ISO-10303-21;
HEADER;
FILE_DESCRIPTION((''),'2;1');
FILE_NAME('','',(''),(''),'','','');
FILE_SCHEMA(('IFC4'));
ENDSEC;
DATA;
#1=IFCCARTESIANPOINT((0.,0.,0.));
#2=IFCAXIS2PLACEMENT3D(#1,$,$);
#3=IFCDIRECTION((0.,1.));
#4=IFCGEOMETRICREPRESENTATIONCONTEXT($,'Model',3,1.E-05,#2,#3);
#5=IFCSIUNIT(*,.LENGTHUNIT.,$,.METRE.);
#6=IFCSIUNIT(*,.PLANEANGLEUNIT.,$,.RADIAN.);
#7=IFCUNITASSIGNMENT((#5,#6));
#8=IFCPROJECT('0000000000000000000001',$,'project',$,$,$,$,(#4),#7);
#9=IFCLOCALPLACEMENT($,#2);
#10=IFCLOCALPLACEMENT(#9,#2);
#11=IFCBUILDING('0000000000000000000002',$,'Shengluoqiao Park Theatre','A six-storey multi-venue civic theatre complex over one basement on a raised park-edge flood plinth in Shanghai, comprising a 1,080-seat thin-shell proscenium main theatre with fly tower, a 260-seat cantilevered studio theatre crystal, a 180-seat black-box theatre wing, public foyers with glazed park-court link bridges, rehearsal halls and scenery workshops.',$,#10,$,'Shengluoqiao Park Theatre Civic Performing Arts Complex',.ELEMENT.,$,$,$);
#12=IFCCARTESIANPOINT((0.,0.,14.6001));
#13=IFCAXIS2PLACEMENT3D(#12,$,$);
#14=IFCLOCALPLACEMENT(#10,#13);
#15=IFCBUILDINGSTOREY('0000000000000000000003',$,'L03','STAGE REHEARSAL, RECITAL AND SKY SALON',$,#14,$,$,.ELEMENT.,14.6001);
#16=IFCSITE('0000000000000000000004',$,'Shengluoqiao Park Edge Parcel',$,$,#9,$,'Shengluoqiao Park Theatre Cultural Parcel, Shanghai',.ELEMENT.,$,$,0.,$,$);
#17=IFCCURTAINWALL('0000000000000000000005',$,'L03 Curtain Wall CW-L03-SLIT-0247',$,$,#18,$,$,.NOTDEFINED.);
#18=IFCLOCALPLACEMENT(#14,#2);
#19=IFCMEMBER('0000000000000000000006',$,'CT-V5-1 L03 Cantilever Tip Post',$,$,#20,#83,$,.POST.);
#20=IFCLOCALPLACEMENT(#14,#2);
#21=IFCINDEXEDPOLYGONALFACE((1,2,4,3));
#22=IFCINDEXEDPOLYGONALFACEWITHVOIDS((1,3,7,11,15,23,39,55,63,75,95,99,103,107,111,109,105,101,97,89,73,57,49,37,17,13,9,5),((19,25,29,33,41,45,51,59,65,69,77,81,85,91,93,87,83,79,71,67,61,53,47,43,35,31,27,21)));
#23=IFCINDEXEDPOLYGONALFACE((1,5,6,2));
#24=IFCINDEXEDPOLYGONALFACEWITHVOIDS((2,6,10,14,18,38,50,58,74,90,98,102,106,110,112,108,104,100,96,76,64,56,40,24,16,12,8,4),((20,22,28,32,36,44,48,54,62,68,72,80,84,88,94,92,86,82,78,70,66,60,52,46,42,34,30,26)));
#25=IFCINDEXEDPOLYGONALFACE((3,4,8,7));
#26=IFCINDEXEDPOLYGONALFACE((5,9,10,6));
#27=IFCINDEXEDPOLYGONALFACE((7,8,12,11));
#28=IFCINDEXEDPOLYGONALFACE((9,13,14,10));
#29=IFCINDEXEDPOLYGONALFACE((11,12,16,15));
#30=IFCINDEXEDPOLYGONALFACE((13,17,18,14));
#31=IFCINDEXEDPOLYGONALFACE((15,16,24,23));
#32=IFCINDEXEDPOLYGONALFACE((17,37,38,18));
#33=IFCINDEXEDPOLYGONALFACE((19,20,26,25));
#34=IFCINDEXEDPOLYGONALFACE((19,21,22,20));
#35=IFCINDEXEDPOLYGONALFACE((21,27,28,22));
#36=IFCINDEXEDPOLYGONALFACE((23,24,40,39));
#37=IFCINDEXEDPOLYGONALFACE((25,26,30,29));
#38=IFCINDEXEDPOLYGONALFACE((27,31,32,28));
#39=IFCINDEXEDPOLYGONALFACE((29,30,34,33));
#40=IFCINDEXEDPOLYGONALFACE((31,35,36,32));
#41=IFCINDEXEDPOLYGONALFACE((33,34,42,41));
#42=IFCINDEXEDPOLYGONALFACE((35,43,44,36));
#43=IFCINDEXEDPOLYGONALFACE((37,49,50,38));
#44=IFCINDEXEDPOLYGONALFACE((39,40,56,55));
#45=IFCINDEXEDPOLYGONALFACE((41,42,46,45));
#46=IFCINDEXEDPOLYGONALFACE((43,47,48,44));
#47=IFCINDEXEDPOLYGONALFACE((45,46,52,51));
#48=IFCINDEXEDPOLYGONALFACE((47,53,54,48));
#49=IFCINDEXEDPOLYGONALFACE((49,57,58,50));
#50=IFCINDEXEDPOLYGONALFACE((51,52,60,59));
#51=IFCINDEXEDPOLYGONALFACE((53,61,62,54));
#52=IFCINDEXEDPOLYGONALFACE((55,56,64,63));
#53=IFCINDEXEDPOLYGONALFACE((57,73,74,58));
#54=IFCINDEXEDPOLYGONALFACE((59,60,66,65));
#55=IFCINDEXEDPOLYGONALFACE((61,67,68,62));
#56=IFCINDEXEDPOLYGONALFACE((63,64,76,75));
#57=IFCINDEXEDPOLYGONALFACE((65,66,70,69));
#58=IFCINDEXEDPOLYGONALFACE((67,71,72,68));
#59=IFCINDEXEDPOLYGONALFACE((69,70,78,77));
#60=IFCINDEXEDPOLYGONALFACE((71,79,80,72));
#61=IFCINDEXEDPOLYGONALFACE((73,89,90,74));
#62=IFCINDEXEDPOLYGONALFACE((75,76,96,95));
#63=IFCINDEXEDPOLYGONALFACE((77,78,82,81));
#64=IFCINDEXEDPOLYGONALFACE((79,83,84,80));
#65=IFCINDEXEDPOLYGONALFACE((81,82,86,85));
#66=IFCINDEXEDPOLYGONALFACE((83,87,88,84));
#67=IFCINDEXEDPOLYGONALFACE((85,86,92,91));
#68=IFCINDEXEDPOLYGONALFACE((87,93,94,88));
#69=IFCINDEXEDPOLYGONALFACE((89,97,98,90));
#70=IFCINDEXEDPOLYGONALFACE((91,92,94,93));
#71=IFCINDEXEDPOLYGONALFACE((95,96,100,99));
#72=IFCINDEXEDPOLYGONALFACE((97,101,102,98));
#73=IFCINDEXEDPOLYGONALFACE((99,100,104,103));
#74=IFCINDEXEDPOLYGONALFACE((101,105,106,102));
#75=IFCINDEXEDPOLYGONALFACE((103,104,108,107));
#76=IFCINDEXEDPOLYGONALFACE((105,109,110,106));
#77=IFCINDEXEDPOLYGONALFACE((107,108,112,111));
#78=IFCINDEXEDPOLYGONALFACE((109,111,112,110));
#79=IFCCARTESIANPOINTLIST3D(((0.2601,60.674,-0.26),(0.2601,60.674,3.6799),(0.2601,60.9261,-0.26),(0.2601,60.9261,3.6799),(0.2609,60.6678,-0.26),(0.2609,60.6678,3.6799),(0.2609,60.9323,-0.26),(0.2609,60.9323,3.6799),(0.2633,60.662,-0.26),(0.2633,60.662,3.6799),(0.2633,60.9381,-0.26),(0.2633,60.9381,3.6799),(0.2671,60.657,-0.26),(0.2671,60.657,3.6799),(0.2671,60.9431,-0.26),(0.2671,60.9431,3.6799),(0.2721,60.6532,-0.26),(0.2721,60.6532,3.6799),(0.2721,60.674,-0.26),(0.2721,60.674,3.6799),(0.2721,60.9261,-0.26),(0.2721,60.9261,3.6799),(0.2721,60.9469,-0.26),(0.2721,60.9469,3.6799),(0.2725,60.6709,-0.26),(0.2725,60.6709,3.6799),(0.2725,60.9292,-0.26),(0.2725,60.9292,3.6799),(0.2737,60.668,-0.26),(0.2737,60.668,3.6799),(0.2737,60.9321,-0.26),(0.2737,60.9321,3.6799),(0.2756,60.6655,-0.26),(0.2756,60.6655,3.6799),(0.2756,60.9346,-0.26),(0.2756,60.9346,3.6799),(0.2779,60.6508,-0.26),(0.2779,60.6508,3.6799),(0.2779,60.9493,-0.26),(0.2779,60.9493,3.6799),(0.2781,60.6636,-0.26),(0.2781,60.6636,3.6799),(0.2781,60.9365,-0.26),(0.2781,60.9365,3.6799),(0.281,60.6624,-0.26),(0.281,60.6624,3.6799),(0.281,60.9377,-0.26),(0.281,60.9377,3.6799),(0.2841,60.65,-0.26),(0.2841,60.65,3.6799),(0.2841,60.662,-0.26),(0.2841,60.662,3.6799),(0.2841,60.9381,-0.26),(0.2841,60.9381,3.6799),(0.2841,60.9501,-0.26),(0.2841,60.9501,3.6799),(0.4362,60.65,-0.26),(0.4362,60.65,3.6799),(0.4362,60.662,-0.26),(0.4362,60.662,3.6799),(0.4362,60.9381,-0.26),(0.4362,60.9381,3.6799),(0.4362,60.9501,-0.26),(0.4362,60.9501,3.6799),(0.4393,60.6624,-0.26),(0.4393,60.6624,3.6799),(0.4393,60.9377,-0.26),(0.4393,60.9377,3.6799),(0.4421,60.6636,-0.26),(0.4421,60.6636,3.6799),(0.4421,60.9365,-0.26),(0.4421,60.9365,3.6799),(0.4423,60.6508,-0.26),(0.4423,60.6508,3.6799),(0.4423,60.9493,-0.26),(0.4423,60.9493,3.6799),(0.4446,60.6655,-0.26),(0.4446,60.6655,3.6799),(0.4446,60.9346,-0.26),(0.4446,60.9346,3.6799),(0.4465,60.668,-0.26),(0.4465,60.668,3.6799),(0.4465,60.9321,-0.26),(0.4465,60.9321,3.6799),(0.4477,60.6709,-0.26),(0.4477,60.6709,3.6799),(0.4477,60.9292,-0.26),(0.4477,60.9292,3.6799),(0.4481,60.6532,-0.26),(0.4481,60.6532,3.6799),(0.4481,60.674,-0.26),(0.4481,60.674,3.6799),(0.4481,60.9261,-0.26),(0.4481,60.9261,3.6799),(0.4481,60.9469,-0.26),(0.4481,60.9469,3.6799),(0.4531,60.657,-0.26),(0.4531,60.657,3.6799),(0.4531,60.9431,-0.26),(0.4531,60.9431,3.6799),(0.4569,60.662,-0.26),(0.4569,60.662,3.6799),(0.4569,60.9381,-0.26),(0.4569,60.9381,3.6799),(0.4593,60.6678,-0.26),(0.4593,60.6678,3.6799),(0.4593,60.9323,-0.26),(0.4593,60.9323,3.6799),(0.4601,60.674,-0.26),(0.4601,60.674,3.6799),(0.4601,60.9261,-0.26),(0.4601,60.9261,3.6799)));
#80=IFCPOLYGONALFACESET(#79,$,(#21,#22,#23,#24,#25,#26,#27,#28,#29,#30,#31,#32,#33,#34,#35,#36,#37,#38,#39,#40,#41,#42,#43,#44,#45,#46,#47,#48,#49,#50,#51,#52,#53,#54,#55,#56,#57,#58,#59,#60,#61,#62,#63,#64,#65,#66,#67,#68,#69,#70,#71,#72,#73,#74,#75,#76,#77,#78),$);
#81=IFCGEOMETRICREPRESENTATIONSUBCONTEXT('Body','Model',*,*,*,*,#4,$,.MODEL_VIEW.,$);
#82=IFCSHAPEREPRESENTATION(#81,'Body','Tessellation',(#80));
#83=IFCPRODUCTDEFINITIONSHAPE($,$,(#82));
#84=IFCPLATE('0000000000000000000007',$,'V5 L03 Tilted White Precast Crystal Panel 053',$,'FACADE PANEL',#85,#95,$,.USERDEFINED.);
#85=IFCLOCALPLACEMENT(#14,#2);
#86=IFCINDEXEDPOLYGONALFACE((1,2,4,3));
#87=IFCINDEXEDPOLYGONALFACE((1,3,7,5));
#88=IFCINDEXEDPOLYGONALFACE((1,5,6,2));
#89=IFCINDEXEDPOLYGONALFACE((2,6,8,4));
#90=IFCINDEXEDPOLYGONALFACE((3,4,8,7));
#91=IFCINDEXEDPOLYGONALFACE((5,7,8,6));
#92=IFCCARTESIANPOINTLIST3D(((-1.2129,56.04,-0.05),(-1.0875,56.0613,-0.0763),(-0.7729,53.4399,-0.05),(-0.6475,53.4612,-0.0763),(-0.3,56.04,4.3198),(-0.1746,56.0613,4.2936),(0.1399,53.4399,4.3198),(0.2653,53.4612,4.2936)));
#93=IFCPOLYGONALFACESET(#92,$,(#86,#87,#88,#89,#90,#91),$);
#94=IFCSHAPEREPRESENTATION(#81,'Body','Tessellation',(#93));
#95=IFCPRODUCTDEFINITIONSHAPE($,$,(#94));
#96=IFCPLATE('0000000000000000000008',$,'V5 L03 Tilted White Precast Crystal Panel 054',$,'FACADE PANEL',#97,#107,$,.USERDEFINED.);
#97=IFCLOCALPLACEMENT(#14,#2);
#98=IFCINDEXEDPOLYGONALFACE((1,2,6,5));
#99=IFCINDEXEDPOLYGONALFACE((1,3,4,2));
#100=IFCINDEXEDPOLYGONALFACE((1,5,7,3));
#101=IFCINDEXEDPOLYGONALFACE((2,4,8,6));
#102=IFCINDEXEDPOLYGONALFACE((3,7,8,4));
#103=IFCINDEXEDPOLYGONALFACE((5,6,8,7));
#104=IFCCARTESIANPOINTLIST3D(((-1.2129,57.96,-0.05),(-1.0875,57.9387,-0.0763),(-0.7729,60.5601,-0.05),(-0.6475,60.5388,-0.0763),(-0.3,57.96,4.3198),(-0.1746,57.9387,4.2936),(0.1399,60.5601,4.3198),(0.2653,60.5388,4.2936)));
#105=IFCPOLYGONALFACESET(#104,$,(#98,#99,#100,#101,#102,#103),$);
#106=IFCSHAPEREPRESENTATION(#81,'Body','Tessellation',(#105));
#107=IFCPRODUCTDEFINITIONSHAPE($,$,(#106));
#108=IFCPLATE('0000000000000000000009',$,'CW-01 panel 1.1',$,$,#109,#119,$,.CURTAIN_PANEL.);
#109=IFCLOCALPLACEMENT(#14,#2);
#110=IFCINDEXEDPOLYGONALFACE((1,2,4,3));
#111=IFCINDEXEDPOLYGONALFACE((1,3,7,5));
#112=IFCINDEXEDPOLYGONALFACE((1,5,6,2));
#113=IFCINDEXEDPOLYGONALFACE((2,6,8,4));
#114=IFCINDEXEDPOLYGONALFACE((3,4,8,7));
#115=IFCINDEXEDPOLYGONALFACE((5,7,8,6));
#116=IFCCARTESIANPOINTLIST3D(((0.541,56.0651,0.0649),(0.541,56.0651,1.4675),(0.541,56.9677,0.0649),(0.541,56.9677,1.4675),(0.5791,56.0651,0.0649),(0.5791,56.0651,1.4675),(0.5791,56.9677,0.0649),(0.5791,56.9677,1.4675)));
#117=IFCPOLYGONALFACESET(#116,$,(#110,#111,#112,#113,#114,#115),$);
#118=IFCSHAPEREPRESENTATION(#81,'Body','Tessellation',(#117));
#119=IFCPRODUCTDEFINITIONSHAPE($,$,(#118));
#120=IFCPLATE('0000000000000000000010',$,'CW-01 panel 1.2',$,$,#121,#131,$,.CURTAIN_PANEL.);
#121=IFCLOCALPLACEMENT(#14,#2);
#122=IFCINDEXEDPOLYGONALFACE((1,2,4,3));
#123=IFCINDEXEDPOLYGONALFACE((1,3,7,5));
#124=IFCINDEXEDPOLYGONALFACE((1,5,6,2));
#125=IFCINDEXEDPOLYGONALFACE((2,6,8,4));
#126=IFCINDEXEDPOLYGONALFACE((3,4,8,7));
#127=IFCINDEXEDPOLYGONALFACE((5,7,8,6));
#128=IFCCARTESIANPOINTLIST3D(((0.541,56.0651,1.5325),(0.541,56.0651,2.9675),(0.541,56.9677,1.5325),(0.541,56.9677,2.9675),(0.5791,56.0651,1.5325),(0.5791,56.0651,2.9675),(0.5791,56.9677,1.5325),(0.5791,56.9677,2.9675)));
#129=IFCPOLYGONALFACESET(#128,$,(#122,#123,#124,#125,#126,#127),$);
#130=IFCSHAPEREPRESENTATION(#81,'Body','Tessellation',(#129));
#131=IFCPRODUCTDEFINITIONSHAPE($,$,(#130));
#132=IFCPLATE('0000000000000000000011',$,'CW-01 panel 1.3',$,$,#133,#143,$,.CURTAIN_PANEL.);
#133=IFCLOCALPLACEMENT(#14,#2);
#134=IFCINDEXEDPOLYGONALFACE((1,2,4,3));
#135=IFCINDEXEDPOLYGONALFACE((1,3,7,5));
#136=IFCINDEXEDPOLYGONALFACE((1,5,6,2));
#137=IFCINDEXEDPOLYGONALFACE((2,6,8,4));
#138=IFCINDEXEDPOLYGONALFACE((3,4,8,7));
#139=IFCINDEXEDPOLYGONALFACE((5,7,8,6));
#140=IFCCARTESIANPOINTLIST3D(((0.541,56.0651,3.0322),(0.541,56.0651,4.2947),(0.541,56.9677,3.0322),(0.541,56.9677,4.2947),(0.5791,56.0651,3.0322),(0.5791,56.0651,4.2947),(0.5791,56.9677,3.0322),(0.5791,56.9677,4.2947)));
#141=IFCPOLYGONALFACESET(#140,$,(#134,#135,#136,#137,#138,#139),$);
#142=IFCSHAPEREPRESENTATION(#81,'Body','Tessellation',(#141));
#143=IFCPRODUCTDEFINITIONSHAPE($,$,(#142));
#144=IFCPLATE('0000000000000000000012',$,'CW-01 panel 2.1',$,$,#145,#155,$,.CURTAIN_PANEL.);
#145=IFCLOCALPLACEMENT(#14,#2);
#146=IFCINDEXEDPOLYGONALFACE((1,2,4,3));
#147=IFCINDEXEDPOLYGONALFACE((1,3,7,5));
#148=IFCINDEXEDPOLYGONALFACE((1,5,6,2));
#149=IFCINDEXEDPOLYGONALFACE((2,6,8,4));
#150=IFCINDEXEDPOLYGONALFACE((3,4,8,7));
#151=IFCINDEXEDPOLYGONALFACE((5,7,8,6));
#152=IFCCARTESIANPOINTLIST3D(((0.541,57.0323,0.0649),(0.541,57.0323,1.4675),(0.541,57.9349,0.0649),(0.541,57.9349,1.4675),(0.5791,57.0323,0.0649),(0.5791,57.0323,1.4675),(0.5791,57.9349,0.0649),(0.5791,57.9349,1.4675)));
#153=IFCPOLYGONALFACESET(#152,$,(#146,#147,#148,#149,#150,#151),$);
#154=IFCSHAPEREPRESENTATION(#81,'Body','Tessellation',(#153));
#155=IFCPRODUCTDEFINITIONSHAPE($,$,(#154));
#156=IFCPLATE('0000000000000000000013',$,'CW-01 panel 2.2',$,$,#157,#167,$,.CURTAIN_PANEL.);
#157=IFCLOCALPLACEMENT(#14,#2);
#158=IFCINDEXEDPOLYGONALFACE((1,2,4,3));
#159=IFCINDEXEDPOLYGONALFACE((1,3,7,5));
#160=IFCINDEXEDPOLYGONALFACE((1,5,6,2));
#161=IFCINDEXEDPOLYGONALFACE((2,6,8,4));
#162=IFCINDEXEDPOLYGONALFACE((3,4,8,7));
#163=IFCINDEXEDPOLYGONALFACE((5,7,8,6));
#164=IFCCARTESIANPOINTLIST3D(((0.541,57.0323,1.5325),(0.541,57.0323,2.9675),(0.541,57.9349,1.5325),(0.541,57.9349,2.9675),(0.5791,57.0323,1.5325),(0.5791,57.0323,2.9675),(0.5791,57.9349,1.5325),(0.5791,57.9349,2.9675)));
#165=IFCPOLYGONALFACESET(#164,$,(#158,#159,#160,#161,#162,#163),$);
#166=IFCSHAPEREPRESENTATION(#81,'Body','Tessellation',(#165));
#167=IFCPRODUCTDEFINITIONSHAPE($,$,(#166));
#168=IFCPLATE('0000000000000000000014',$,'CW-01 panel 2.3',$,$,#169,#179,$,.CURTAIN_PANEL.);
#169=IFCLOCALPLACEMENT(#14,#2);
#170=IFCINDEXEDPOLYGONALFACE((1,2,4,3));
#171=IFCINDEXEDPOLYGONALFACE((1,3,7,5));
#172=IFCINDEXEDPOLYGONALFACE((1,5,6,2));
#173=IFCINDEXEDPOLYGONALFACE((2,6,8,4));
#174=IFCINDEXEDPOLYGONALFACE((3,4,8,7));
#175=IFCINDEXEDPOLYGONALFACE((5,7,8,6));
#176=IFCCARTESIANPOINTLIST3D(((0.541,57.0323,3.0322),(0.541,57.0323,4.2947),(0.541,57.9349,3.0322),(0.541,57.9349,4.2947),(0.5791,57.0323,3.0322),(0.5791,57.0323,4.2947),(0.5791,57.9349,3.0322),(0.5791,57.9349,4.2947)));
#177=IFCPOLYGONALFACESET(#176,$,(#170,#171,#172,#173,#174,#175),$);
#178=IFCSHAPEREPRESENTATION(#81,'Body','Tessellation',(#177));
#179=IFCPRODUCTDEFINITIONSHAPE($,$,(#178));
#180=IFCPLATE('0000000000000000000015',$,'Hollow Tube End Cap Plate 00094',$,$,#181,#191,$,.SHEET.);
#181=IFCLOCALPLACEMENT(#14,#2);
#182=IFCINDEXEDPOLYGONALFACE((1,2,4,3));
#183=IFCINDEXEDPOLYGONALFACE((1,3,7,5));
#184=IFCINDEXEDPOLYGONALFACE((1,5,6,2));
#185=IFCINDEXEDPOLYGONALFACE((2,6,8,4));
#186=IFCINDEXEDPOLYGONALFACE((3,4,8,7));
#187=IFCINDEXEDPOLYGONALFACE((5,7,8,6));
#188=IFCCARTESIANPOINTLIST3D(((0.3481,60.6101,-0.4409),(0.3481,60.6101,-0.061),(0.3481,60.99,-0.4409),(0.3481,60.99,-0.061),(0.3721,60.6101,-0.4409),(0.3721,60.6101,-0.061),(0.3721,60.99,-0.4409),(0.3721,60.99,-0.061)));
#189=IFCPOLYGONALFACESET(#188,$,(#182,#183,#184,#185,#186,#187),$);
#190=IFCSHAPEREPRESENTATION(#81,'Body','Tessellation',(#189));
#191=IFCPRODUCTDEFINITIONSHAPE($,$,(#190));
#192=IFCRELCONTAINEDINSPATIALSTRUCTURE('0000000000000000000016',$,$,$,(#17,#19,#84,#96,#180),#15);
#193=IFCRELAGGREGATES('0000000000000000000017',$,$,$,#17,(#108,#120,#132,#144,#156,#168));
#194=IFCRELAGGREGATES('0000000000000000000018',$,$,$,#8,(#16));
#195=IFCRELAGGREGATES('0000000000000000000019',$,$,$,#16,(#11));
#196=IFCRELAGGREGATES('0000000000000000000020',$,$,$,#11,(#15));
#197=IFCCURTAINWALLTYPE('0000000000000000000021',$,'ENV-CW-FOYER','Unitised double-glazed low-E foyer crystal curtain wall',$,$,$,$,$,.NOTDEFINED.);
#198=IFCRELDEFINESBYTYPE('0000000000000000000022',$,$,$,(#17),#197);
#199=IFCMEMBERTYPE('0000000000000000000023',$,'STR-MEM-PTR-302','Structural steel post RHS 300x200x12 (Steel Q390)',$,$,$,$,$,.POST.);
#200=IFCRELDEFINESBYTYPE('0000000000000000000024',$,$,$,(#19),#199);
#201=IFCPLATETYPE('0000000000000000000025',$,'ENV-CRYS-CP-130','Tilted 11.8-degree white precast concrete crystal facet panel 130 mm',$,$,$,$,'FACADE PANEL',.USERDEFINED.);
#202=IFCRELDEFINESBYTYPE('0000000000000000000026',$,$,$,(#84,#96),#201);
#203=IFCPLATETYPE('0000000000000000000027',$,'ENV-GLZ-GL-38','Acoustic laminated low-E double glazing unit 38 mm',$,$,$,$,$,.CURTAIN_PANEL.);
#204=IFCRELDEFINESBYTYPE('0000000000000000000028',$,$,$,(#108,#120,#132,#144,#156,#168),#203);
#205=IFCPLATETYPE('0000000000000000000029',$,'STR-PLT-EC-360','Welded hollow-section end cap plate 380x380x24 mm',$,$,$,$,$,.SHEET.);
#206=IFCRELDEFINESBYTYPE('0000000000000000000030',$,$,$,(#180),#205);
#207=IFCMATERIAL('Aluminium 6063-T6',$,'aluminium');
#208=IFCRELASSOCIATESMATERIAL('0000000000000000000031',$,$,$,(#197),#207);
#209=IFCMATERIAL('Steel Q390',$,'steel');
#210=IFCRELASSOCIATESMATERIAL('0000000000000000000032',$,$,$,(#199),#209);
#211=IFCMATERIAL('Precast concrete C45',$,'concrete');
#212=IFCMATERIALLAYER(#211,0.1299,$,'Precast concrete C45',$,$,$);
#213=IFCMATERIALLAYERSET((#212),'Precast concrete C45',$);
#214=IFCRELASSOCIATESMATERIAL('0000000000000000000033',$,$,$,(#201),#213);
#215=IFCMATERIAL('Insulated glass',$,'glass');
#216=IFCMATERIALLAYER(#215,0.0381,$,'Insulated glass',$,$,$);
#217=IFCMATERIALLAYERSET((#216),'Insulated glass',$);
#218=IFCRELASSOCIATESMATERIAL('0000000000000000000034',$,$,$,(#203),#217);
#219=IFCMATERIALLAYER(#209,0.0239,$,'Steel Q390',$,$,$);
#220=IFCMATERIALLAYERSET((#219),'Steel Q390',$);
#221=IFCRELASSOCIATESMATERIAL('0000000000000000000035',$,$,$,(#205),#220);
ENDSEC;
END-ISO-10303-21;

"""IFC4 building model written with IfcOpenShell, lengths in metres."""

from ifc_helpers import new_model, si_unit, direction, frame, origin, origin_2d, place, context, subcontext, project, spatial, polyline, rectangle, hollow_rectangle, outline, extrude, material, layer, layer_set, material_profile, profile_set, type_object, element, aggregate, save


model = new_model("IFC4")

# Units and contexts
model_context = context("Model", 3, precision=1e-05, world=origin(), true_north=direction((0.0, 1.0)))
body_context = subcontext(model_context, "Body", "Model", "MODEL_VIEW")
ifc_project = project(units=[si_unit("LENGTHUNIT", "METRE"), si_unit("PLANEANGLEUNIT", "RADIAN")], contexts=[model_context])

# Site, building, storey
site_placement = place(None, origin())
site = spatial("IfcSite", under=ifc_project, at=site_placement, Name="Shengluoqiao Park Edge Parcel", LongName="Shengluoqiao Park Theatre Cultural Parcel, Shanghai", CompositionType="ELEMENT", RefElevation=0.0)
building_placement = place(site_placement, origin())
building = spatial("IfcBuilding", under=site, at=building_placement, Name="Shengluoqiao Park Theatre", Description="A six-storey multi-venue civic theatre complex over one basement on a raised park-edge flood plinth in Shanghai, comprising a 1,080-seat thin-shell proscenium main theatre with fly tower, a 260-seat cantilevered studio theatre crystal, a 180-seat black-box theatre wing, public foyers with glazed park-court link bridges, rehearsal halls and scenery workshops.", LongName="Shengluoqiao Park Theatre Civic Performing Arts Complex", CompositionType="ELEMENT")
storey_placement = place(building_placement, frame((0.0, 0.0, 14.6001)))
storey = spatial("IfcBuildingStorey", under=building, at=storey_placement, Name="L03", Description="STAGE REHEARSAL, RECITAL AND SKY SALON", CompositionType="ELEMENT", Elevation=14.6001)

# Curtain wall
ifc_material_1 = material(Name="Aluminium 6063-T6", Category="aluminium")
curtain_wall_type = type_object("IfcCurtainWallType", Name="ENV-CW-FOYER", Description="Unitised double-glazed low-E foyer crystal curtain wall", PredefinedType="NOTDEFINED", material=ifc_material_1)
curtain_wall_placement = place(storey_placement, origin())
curtain_wall = element("IfcCurtainWall", 1, at=curtain_wall_placement, inside=storey, type_object=curtain_wall_type, Name="L03 Curtain Wall CW-L03-SLIT-0247", PredefinedType="NOTDEFINED")

# Shared definitions
ifc_material_2 = material(Name="Steel Q390", Category="steel")

# Member
ifc_material_profile_1 = material_profile(ifc_material_2, hollow_rectangle(XDim=0.2, YDim=0.3, WallThickness=0.012, InnerFilletRadius=0.012, OuterFilletRadius=0.0239, at=origin_2d()), Name="RHS 300x200x12")
ifc_profile_set_1 = profile_set([ifc_material_profile_1], Name="Steel Q390")
member_type_1 = type_object("IfcMemberType", Name="STR-MEM-PTR-302", Description="Structural steel post RHS 300x200x12 (Steel Q390)", PredefinedType="POST", material=ifc_profile_set_1)
member_1_placement = place(storey_placement, frame((0.3601, 60.8, -0.26), z_axis=(0.0, 0.0, 1.0), x_axis=(1.0, 0.0, 0.0)))
element("IfcMember", 2, at=member_1_placement, inside=storey, type_object=member_type_1, Name="CT-V5-1 L03 Cantilever Tip Post", PredefinedType="POST", context=body_context, shape_type="SweptSolid", body=[
    extrude(hollow_rectangle(XDim=0.2, YDim=0.3, WallThickness=0.012, InnerFilletRadius=0.012, OuterFilletRadius=0.0239, at=origin_2d()), origin(), (0.0, 0.0, 1.0), 3.9399),
])

# Plates
ifc_material_3 = material(Name="Precast concrete C45", Category="concrete")
ifc_layer_1 = layer(ifc_material_3, 0.1299, Name="Precast concrete C45")
ifc_layer_set_1 = layer_set([ifc_layer_1], Name="Precast concrete C45")
plate_type_1 = type_object("IfcPlateType", Name="ENV-CRYS-CP-130", Description="Tilted 11.8-degree white precast concrete crystal facet panel 130 mm", ElementType="FACADE PANEL", PredefinedType="USERDEFINED", material=ifc_layer_set_1)
plate_1_placement = place(storey_placement, frame((-0.7729, 53.4399, -0.05), z_axis=(-0.965714, -0.163401, 0.201732), x_axis=(-0.166831, 0.985986, 0.0)))
element("IfcPlate", 3, at=plate_1_placement, inside=storey, type_object=plate_type_1, Name="V5 L03 Tilted White Precast Crystal Panel 053", ObjectType="FACADE PANEL", PredefinedType="USERDEFINED", context=body_context, shape_type="SweptSolid", body=[
    extrude(outline(polyline([(0.0, 0.0), (2.6371, 0.0), (2.4848, -4.4616), (-0.1523, -4.4616), (0.0, 0.0)])), origin(), (0.0, 0.0, -1.0), 0.1299),
])
plate_2_placement = place(storey_placement, frame((-1.2129, 57.96, -0.05), z_axis=(-0.965714, 0.163401, 0.201732), x_axis=(0.166831, 0.985986, 0.0)))
element("IfcPlate", 4, at=plate_2_placement, inside=storey, type_object=plate_type_1, Name="V5 L03 Tilted White Precast Crystal Panel 054", ObjectType="FACADE PANEL", PredefinedType="USERDEFINED", context=body_context, shape_type="SweptSolid", body=[
    extrude(outline(polyline([(0.0, 0.0), (2.6371, 0.0), (2.7893, -4.4616), (0.1523, -4.4616), (0.0, 0.0)])), origin(), (0.0, 0.0, -1.0), 0.1299),
])

# Plates
ifc_material_4 = material(Name="Insulated glass", Category="glass")
ifc_layer_2 = layer(ifc_material_4, 0.0381, Name="Insulated glass")
ifc_layer_set_2 = layer_set([ifc_layer_2], Name="Insulated glass")
plate_type_2 = type_object("IfcPlateType", Name="ENV-GLZ-GL-38", Description="Acoustic laminated low-E double glazing unit 38 mm", PredefinedType="CURTAIN_PANEL", material=ifc_layer_set_2)
plate_3_placement = place(storey_placement, frame((0.5601, 56.5164, 0.0649), z_axis=(0.0, 0.0, 1.0), x_axis=(0.0, 1.0, 0.0)))
plate_3 = element("IfcPlate", 5, at=plate_3_placement, type_object=plate_type_2, Name="CW-01 panel 1.1", PredefinedType="CURTAIN_PANEL", context=body_context, shape_type="SweptSolid", body=[
    extrude(rectangle(XDim=0.9026, YDim=0.0381, at=origin_2d()), origin(), (0.0, 0.0, 1.0), 1.4026),
])
plate_4_placement = place(storey_placement, frame((0.5601, 56.5164, 1.5325), z_axis=(0.0, 0.0, 1.0), x_axis=(0.0, 1.0, 0.0)))
plate_4 = element("IfcPlate", 6, at=plate_4_placement, type_object=plate_type_2, Name="CW-01 panel 1.2", PredefinedType="CURTAIN_PANEL", context=body_context, shape_type="SweptSolid", body=[
    extrude(rectangle(XDim=0.9026, YDim=0.0381, at=origin_2d()), origin(), (0.0, 0.0, 1.0), 1.4351),
])
plate_5_placement = place(storey_placement, frame((0.5601, 56.5164, 3.0322), z_axis=(0.0, 0.0, 1.0), x_axis=(0.0, 1.0, 0.0)))
plate_5 = element("IfcPlate", 7, at=plate_5_placement, type_object=plate_type_2, Name="CW-01 panel 1.3", PredefinedType="CURTAIN_PANEL", context=body_context, shape_type="SweptSolid", body=[
    extrude(rectangle(XDim=0.9026, YDim=0.0381, at=origin_2d()), origin(), (0.0, 0.0, 1.0), 1.2625),
])
plate_6_placement = place(storey_placement, frame((0.5601, 57.4836, 0.0649), z_axis=(0.0, 0.0, 1.0), x_axis=(0.0, 1.0, 0.0)))
plate_6 = element("IfcPlate", 8, at=plate_6_placement, type_object=plate_type_2, Name="CW-01 panel 2.1", PredefinedType="CURTAIN_PANEL", context=body_context, shape_type="SweptSolid", body=[
    extrude(rectangle(XDim=0.9026, YDim=0.0381, at=origin_2d()), origin(), (0.0, 0.0, 1.0), 1.4026),
])
plate_7_placement = place(storey_placement, frame((0.5601, 57.4836, 1.5325), z_axis=(0.0, 0.0, 1.0), x_axis=(0.0, 1.0, 0.0)))
plate_7 = element("IfcPlate", 9, at=plate_7_placement, type_object=plate_type_2, Name="CW-01 panel 2.2", PredefinedType="CURTAIN_PANEL", context=body_context, shape_type="SweptSolid", body=[
    extrude(rectangle(XDim=0.9026, YDim=0.0381, at=origin_2d()), origin(), (0.0, 0.0, 1.0), 1.4351),
])
plate_8_placement = place(storey_placement, frame((0.5601, 57.4836, 3.0322), z_axis=(0.0, 0.0, 1.0), x_axis=(0.0, 1.0, 0.0)))
plate_8 = element("IfcPlate", 10, at=plate_8_placement, type_object=plate_type_2, Name="CW-01 panel 2.3", PredefinedType="CURTAIN_PANEL", context=body_context, shape_type="SweptSolid", body=[
    extrude(rectangle(XDim=0.9026, YDim=0.0381, at=origin_2d()), origin(), (0.0, 0.0, 1.0), 1.2625),
])
aggregate(curtain_wall, [plate_3, plate_4, plate_5, plate_6, plate_7, plate_8])
ifc_layer_3 = layer(ifc_material_2, 0.0239, Name="Steel Q390")
ifc_layer_set_3 = layer_set([ifc_layer_3], Name="Steel Q390")
plate_type_3 = type_object("IfcPlateType", Name="STR-PLT-EC-360", Description="Welded hollow-section end cap plate 380x380x24 mm", PredefinedType="SHEET", material=ifc_layer_set_3)
plate_9_placement = place(storey_placement, frame((0.3601, 60.8, -0.4409), z_axis=(0.0, 0.0, 1.0), x_axis=(1.0, 0.0, 0.0)))
element("IfcPlate", 11, at=plate_9_placement, inside=storey, type_object=plate_type_3, Name="Hollow Tube End Cap Plate 00094", PredefinedType="SHEET", context=body_context, shape_type="SweptSolid", body=[
    extrude(rectangle(XDim=0.0239, YDim=0.3799, at=origin_2d()), origin(), (0.0, 0.0, 1.0), 0.3799),
])

save(model, "model.ifc")
